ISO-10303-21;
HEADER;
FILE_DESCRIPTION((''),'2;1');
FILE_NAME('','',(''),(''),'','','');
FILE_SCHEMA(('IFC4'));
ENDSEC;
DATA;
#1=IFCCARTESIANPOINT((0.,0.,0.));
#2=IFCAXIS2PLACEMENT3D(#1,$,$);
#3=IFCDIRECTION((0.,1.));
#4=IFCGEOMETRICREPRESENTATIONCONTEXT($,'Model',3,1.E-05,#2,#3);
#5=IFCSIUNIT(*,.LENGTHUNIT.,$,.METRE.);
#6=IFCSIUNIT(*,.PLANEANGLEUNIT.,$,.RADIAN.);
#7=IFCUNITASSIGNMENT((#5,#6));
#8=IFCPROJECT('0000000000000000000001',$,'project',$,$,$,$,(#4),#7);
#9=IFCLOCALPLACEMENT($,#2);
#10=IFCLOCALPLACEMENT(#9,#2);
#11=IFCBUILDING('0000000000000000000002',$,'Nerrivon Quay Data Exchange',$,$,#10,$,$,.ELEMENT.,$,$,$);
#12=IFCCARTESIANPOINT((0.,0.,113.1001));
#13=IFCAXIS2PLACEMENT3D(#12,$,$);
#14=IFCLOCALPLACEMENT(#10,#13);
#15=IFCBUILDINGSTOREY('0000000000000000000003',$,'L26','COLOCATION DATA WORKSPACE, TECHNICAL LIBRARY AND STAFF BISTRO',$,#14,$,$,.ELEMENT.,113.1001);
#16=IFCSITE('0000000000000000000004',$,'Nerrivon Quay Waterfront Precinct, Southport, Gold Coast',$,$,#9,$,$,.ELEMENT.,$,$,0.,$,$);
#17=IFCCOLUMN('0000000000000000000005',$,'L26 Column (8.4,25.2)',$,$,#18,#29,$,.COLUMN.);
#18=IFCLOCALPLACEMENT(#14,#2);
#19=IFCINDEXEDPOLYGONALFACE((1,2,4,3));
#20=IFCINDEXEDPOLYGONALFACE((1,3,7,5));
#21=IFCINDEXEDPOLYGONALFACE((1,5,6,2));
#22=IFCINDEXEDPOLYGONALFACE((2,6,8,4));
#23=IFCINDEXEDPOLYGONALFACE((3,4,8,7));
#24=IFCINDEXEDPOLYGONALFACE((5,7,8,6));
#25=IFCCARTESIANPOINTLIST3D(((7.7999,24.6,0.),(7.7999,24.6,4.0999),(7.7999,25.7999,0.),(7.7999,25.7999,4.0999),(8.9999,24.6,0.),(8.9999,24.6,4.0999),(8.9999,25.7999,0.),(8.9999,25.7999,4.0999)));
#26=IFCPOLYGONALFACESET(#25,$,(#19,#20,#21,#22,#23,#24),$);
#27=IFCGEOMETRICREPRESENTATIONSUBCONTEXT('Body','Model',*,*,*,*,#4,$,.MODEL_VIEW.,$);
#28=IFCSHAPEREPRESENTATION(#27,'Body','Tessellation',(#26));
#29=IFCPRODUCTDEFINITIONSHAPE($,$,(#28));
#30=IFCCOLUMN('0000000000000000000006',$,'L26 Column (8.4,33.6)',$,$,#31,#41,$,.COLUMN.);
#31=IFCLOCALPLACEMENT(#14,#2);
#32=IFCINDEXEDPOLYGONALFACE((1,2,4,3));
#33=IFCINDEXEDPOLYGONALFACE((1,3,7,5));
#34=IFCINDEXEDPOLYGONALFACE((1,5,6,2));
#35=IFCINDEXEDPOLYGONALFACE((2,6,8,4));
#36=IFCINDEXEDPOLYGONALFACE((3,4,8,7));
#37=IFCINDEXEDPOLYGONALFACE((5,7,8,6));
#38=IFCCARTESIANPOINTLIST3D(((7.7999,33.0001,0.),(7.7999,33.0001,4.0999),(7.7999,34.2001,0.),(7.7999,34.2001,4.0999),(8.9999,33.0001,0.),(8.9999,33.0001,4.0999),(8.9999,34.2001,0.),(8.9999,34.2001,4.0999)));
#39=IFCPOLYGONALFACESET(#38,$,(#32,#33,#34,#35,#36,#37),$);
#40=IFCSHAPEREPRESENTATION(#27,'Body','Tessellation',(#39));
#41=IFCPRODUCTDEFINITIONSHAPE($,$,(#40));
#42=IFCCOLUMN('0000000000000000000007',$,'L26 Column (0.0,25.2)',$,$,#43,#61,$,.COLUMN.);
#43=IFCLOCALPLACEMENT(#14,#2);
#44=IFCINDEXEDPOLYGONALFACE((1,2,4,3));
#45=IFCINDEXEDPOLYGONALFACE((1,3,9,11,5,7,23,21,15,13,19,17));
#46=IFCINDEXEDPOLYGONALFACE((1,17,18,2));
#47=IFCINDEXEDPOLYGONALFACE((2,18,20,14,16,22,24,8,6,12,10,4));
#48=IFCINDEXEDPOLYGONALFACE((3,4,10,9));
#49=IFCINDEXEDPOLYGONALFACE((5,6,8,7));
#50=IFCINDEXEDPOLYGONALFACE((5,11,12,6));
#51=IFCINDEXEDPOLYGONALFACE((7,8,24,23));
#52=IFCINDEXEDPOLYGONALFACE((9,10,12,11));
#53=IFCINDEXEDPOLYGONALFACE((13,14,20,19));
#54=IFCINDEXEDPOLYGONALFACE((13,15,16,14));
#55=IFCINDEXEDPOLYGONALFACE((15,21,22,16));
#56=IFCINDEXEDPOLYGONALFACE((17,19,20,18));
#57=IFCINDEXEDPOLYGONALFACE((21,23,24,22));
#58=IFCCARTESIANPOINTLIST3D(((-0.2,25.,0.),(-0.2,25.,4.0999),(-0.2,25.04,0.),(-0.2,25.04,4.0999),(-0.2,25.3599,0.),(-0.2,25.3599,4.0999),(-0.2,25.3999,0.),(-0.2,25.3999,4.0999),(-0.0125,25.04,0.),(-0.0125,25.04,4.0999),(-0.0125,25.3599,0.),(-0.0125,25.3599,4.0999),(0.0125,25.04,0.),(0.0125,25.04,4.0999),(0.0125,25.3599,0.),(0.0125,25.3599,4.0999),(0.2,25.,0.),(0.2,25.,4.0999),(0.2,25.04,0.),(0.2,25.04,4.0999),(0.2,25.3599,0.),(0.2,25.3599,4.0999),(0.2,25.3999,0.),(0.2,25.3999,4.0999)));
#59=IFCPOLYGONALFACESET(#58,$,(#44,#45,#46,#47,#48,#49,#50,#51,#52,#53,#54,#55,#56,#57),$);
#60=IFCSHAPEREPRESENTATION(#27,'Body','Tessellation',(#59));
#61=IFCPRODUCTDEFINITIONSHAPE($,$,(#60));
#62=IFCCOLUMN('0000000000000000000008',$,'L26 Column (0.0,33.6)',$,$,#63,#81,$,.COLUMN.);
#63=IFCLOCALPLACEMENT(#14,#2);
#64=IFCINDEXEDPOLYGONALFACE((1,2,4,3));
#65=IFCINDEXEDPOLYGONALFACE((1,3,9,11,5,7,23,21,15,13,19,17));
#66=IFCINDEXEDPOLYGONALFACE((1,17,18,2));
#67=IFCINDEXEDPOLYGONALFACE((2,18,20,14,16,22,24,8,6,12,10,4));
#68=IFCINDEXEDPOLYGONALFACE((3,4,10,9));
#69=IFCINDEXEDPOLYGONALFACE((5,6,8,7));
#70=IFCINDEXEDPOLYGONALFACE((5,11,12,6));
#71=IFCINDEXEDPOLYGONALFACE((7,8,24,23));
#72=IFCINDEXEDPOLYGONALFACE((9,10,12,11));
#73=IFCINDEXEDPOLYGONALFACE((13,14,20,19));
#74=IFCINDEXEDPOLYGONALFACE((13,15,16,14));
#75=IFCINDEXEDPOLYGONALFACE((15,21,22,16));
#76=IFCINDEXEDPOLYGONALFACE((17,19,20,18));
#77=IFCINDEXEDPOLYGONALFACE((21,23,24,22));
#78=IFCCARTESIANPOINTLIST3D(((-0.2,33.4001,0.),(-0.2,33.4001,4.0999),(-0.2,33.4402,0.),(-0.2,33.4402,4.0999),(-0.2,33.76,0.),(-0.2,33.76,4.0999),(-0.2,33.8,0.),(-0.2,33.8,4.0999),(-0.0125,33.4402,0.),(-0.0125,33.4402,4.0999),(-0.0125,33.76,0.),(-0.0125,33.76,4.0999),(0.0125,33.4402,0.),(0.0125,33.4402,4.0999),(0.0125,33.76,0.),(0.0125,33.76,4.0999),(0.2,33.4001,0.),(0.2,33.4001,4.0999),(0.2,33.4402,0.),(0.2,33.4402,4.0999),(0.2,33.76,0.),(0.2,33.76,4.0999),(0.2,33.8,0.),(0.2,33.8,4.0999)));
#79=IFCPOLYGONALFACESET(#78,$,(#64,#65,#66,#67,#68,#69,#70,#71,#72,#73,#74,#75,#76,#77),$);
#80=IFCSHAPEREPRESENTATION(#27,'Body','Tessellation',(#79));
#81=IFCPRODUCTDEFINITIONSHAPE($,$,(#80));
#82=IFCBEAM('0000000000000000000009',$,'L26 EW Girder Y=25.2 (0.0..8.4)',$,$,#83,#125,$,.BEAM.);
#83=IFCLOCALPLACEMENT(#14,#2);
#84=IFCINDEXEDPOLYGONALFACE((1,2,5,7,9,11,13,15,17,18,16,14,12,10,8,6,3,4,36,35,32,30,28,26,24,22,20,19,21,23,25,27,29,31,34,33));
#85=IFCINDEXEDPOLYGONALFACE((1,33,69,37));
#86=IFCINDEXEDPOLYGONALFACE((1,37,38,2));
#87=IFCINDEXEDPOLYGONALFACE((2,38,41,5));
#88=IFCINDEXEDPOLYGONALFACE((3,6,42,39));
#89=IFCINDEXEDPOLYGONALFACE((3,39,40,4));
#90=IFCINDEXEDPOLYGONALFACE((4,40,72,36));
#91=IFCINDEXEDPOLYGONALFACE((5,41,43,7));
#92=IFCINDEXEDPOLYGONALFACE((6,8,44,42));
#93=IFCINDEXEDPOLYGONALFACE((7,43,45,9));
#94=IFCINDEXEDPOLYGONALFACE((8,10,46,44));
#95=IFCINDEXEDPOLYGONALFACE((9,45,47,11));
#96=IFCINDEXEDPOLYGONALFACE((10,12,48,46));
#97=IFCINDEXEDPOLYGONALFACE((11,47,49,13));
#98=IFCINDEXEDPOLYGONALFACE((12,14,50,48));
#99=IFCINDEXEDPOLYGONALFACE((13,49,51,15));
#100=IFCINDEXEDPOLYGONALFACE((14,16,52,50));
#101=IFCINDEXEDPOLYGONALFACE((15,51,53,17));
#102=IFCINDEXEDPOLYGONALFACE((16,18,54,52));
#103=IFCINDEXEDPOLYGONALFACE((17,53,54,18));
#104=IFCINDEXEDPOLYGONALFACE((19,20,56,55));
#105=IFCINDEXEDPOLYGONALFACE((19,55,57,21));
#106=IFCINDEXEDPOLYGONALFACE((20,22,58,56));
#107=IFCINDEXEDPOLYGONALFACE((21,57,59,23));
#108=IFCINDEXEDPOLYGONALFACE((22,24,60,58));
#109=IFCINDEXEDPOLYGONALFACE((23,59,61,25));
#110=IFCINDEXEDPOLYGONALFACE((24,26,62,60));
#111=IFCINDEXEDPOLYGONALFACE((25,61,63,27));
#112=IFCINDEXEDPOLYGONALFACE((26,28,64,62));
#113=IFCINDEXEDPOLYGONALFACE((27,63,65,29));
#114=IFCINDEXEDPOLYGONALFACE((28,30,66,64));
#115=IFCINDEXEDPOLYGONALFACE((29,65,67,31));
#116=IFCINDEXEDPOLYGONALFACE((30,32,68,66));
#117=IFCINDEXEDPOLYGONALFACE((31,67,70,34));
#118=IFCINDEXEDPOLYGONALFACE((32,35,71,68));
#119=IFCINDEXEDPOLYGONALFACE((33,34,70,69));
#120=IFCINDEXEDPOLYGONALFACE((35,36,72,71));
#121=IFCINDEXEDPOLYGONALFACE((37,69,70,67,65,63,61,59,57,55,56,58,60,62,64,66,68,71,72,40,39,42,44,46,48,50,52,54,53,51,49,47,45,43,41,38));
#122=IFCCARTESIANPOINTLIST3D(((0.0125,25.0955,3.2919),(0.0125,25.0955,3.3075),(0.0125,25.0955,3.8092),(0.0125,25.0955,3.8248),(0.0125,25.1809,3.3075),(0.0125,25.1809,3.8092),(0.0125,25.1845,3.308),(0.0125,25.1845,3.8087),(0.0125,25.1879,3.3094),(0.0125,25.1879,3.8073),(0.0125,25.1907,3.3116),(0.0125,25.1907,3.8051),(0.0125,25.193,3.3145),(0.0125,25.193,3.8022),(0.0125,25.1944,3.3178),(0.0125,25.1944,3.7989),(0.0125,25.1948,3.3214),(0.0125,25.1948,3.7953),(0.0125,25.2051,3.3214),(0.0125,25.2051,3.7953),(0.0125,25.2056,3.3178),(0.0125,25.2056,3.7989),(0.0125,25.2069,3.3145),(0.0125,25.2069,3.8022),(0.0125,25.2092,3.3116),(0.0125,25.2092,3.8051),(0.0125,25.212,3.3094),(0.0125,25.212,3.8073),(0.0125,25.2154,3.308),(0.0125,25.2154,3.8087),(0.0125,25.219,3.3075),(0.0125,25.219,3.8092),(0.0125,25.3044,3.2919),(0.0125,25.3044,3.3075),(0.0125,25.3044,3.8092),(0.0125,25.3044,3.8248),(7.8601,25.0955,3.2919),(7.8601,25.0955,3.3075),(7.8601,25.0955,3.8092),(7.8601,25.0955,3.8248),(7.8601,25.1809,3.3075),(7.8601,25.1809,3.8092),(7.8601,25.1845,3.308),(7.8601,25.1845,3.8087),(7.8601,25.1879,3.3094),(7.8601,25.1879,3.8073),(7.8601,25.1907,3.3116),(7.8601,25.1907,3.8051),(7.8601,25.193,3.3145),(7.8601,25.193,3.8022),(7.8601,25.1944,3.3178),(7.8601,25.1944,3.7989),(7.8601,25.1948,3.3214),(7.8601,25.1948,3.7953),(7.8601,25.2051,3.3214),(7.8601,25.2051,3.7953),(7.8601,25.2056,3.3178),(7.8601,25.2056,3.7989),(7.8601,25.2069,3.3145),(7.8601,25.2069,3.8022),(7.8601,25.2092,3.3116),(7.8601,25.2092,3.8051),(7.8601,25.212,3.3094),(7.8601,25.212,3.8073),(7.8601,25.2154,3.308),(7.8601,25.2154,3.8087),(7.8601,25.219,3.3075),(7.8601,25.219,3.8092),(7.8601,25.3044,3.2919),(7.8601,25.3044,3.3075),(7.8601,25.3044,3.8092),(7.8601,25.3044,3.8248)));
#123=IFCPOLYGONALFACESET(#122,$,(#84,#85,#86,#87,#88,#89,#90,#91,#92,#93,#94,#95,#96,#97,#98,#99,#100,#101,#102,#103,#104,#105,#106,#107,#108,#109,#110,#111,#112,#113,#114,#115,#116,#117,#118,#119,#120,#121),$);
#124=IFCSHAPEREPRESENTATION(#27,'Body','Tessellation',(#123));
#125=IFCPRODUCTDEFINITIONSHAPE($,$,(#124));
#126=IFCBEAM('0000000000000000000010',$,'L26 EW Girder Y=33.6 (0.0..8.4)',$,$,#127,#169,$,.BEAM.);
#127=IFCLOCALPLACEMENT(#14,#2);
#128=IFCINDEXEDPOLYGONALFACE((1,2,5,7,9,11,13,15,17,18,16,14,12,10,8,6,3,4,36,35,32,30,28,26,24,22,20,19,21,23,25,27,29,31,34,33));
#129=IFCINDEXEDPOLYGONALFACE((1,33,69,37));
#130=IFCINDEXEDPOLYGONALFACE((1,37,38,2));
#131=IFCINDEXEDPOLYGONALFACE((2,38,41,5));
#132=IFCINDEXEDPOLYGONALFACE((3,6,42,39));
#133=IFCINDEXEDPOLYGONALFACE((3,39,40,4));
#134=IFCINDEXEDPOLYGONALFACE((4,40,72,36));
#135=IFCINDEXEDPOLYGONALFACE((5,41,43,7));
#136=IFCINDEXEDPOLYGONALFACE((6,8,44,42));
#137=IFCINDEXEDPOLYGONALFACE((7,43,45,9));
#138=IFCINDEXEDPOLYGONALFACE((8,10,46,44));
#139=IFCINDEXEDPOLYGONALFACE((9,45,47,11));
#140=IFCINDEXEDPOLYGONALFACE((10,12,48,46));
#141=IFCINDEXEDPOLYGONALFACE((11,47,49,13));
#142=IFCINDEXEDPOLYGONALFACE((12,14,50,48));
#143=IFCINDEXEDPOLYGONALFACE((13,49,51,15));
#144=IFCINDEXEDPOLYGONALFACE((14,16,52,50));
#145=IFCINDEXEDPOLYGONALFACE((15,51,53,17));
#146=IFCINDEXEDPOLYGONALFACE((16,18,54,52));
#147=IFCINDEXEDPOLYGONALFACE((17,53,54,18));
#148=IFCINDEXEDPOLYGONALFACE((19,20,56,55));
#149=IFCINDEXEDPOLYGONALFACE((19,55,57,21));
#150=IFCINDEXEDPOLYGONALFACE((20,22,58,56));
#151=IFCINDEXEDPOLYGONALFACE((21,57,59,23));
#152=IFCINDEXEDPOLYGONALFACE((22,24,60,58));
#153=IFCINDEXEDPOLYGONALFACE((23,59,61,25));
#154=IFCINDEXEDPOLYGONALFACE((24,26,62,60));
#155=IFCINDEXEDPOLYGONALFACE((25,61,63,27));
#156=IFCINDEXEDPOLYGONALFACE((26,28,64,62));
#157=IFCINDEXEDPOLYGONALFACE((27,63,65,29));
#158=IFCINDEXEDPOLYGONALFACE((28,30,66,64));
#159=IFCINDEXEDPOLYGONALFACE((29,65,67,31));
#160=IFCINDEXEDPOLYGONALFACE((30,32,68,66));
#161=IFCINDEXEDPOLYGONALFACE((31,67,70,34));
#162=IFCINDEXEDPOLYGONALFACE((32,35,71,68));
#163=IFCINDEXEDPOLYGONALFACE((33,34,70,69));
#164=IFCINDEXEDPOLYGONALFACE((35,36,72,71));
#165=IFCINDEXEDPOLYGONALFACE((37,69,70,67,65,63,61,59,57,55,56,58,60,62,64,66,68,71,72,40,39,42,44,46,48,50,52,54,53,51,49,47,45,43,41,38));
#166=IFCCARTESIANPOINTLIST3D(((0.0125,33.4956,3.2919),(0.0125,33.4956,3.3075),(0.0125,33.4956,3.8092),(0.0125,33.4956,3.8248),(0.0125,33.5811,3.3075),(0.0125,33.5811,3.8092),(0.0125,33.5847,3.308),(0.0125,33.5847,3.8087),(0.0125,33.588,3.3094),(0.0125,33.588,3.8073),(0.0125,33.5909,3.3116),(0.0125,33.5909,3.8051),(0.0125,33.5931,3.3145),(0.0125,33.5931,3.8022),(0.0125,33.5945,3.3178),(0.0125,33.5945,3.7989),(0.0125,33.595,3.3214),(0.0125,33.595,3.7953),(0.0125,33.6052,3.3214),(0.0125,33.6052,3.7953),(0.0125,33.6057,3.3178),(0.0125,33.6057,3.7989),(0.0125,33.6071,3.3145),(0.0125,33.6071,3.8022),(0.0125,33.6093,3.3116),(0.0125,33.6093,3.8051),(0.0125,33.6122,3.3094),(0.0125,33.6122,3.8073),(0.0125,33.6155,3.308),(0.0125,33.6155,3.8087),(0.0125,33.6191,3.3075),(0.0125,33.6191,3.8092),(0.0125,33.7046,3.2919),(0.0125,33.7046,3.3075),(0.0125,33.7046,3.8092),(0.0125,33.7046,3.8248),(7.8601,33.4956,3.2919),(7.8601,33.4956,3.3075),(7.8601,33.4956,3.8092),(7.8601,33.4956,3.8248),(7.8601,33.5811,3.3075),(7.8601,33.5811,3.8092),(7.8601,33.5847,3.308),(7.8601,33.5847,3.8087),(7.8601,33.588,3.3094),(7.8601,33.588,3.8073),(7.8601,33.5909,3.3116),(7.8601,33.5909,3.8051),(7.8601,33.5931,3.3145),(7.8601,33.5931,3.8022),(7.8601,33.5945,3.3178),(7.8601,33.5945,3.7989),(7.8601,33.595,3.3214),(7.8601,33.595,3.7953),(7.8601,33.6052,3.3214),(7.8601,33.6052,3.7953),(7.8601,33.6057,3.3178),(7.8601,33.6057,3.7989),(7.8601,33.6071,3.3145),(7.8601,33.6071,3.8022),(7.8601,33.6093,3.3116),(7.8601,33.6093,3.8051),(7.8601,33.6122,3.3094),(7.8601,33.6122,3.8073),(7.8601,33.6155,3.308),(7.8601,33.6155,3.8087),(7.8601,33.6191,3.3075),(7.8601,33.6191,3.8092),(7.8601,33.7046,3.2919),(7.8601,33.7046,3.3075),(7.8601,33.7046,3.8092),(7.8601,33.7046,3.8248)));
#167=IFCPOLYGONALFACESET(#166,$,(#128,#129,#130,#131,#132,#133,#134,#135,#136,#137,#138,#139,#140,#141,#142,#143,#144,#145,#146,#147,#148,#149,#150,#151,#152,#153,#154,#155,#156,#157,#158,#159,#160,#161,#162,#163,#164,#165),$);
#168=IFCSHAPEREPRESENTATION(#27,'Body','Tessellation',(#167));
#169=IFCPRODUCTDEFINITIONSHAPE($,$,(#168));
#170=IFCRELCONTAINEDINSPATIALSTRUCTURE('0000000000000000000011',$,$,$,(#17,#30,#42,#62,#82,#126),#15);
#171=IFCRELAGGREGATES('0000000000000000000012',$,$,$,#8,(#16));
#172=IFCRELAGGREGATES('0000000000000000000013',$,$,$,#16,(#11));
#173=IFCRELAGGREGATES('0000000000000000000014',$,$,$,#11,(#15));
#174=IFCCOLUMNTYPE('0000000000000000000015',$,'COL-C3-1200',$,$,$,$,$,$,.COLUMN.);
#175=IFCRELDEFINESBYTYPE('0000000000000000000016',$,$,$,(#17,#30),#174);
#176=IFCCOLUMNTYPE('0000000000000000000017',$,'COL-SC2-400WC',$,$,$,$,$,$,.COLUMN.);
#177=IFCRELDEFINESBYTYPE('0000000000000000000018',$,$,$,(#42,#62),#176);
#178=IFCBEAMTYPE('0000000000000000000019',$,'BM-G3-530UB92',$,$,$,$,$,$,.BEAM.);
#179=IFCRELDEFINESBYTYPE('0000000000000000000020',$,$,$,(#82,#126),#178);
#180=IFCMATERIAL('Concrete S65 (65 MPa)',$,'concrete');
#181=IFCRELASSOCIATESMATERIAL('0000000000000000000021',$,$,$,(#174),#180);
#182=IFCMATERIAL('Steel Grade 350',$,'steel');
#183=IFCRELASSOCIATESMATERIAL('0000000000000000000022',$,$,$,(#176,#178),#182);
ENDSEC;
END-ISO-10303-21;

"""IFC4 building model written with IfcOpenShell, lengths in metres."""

from ifc_helpers import new_model, si_unit, direction, frame, origin, origin_2d, place, context, subcontext, project, spatial, rectangle, i_section, extrude, material, material_profile, profile_set, type_object, element, save


model = new_model("IFC4")

# Units and contexts
model_context = context("Model", 3, precision=1e-05, world=origin(), true_north=direction((0.0, 1.0)))
body_context = subcontext(model_context, "Body", "Model", "MODEL_VIEW")
ifc_project = project(units=[si_unit("LENGTHUNIT", "METRE"), si_unit("PLANEANGLEUNIT", "RADIAN")], contexts=[model_context])

# Site, building, storey
site_placement = place(None, origin())
site = spatial("IfcSite", under=ifc_project, at=site_placement, Name="Nerrivon Quay Waterfront Precinct, Southport, Gold Coast", CompositionType="ELEMENT", RefElevation=0.0)
building_placement = place(site_placement, origin())
building = spatial("IfcBuilding", under=site, at=building_placement, Name="Nerrivon Quay Data Exchange", CompositionType="ELEMENT")
storey_placement = place(building_placement, frame((0.0, 0.0, 113.1001)))
storey = spatial("IfcBuildingStorey", under=building, at=storey_placement, Name="L26", Description="COLOCATION DATA WORKSPACE, TECHNICAL LIBRARY AND STAFF BISTRO", CompositionType="ELEMENT", Elevation=113.1001)

# Columns
ifc_material_1 = material(Name="Concrete S65 (65 MPa)", Category="concrete")
ifc_material_profile_1 = material_profile(ifc_material_1, rectangle(XDim=1.2, YDim=1.2, at=origin_2d()), Name="RC-COL-1200x1200")
ifc_profile_set_1 = profile_set([ifc_material_profile_1], Name="Concrete S65 (65 MPa)")
column_type_1 = type_object("IfcColumnType", Name="COL-C3-1200", PredefinedType="COLUMN", material=ifc_profile_set_1)
for number, where, z_axis, x_axis, name in (
    (1, (8.3999, 25.2, 0.0), (0.0, 0.0, 1.0), (1.0, 0.0, 0.0), "L26 Column (8.4,25.2)"),
    (2, (8.3999, 33.6001, 0.0), (0.0, 0.0, 1.0), (1.0, 0.0, 0.0), "L26 Column (8.4,33.6)"),
):
    element("IfcColumn", number, at=place(storey_placement, frame(where, z_axis=z_axis, x_axis=x_axis)), inside=storey, type_object=column_type_1, Name=name, PredefinedType="COLUMN", context=body_context, shape_type="SweptSolid", body=[
        extrude(rectangle(XDim=1.2, YDim=1.2, at=origin_2d()), origin(), (0.0, 0.0, 1.0), 4.0999),
    ])
ifc_material_2 = material(Name="Steel Grade 350", Category="steel")
ifc_material_profile_2 = material_profile(ifc_material_2, i_section(OverallWidth=0.3999, OverallDepth=0.3999, WebThickness=0.0249, FlangeThickness=0.04, at=origin_2d()), Name="400WC328")
ifc_profile_set_2 = profile_set([ifc_material_profile_2], Name="Steel Grade 350")
column_type_2 = type_object("IfcColumnType", Name="COL-SC2-400WC", PredefinedType="COLUMN", material=ifc_profile_set_2)
for number, where, z_axis, x_axis, name in (
    (3, (0.0, 25.2, 0.0), (0.0, 0.0, 1.0), (1.0, 0.0, 0.0), "L26 Column (0.0,25.2)"),
    (4, (0.0, 33.6001, 0.0), (0.0, 0.0, 1.0), (1.0, 0.0, 0.0), "L26 Column (0.0,33.6)"),
):
    element("IfcColumn", number, at=place(storey_placement, frame(where, z_axis=z_axis, x_axis=x_axis)), inside=storey, type_object=column_type_2, Name=name, PredefinedType="COLUMN", context=body_context, shape_type="SweptSolid", body=[
        extrude(i_section(OverallWidth=0.3999, OverallDepth=0.3999, WebThickness=0.0249, FlangeThickness=0.04, at=origin_2d()), origin(), (0.0, 0.0, 1.0), 4.0999),
    ])

# Beams
ifc_material_profile_3 = material_profile(ifc_material_2, i_section(OverallWidth=0.209, OverallDepth=0.533, WebThickness=0.0103, FlangeThickness=0.0156, FilletRadius=0.0139, at=origin_2d()), Name="530UB92.4")
ifc_profile_set_3 = profile_set([ifc_material_profile_3], Name="Steel Grade 350")
beam_type_1 = type_object("IfcBeamType", Name="BM-G3-530UB92", PredefinedType="BEAM", material=ifc_profile_set_3)
for number, where, z_axis, x_axis, name in (
    (5, (0.0125, 25.2, 3.5583), (1.0, 0.0, 0.0), (0.0, 1.0, 0.0), "L26 EW Girder Y=25.2 (0.0..8.4)"),
    (6, (0.0125, 33.6001, 3.5583), (1.0, 0.0, 0.0), (0.0, 1.0, 0.0), "L26 EW Girder Y=33.6 (0.0..8.4)"),
):
    element("IfcBeam", number, at=place(storey_placement, frame(where, z_axis=z_axis, x_axis=x_axis)), inside=storey, type_object=beam_type_1, Name=name, PredefinedType="BEAM", context=body_context, shape_type="SweptSolid", body=[
        extrude(i_section(OverallWidth=0.209, OverallDepth=0.533, WebThickness=0.0103, FlangeThickness=0.0156, FilletRadius=0.0139, at=origin_2d()), origin(), (0.0, 0.0, 1.0), 7.8477),
    ])

save(model, "model.ifc")
